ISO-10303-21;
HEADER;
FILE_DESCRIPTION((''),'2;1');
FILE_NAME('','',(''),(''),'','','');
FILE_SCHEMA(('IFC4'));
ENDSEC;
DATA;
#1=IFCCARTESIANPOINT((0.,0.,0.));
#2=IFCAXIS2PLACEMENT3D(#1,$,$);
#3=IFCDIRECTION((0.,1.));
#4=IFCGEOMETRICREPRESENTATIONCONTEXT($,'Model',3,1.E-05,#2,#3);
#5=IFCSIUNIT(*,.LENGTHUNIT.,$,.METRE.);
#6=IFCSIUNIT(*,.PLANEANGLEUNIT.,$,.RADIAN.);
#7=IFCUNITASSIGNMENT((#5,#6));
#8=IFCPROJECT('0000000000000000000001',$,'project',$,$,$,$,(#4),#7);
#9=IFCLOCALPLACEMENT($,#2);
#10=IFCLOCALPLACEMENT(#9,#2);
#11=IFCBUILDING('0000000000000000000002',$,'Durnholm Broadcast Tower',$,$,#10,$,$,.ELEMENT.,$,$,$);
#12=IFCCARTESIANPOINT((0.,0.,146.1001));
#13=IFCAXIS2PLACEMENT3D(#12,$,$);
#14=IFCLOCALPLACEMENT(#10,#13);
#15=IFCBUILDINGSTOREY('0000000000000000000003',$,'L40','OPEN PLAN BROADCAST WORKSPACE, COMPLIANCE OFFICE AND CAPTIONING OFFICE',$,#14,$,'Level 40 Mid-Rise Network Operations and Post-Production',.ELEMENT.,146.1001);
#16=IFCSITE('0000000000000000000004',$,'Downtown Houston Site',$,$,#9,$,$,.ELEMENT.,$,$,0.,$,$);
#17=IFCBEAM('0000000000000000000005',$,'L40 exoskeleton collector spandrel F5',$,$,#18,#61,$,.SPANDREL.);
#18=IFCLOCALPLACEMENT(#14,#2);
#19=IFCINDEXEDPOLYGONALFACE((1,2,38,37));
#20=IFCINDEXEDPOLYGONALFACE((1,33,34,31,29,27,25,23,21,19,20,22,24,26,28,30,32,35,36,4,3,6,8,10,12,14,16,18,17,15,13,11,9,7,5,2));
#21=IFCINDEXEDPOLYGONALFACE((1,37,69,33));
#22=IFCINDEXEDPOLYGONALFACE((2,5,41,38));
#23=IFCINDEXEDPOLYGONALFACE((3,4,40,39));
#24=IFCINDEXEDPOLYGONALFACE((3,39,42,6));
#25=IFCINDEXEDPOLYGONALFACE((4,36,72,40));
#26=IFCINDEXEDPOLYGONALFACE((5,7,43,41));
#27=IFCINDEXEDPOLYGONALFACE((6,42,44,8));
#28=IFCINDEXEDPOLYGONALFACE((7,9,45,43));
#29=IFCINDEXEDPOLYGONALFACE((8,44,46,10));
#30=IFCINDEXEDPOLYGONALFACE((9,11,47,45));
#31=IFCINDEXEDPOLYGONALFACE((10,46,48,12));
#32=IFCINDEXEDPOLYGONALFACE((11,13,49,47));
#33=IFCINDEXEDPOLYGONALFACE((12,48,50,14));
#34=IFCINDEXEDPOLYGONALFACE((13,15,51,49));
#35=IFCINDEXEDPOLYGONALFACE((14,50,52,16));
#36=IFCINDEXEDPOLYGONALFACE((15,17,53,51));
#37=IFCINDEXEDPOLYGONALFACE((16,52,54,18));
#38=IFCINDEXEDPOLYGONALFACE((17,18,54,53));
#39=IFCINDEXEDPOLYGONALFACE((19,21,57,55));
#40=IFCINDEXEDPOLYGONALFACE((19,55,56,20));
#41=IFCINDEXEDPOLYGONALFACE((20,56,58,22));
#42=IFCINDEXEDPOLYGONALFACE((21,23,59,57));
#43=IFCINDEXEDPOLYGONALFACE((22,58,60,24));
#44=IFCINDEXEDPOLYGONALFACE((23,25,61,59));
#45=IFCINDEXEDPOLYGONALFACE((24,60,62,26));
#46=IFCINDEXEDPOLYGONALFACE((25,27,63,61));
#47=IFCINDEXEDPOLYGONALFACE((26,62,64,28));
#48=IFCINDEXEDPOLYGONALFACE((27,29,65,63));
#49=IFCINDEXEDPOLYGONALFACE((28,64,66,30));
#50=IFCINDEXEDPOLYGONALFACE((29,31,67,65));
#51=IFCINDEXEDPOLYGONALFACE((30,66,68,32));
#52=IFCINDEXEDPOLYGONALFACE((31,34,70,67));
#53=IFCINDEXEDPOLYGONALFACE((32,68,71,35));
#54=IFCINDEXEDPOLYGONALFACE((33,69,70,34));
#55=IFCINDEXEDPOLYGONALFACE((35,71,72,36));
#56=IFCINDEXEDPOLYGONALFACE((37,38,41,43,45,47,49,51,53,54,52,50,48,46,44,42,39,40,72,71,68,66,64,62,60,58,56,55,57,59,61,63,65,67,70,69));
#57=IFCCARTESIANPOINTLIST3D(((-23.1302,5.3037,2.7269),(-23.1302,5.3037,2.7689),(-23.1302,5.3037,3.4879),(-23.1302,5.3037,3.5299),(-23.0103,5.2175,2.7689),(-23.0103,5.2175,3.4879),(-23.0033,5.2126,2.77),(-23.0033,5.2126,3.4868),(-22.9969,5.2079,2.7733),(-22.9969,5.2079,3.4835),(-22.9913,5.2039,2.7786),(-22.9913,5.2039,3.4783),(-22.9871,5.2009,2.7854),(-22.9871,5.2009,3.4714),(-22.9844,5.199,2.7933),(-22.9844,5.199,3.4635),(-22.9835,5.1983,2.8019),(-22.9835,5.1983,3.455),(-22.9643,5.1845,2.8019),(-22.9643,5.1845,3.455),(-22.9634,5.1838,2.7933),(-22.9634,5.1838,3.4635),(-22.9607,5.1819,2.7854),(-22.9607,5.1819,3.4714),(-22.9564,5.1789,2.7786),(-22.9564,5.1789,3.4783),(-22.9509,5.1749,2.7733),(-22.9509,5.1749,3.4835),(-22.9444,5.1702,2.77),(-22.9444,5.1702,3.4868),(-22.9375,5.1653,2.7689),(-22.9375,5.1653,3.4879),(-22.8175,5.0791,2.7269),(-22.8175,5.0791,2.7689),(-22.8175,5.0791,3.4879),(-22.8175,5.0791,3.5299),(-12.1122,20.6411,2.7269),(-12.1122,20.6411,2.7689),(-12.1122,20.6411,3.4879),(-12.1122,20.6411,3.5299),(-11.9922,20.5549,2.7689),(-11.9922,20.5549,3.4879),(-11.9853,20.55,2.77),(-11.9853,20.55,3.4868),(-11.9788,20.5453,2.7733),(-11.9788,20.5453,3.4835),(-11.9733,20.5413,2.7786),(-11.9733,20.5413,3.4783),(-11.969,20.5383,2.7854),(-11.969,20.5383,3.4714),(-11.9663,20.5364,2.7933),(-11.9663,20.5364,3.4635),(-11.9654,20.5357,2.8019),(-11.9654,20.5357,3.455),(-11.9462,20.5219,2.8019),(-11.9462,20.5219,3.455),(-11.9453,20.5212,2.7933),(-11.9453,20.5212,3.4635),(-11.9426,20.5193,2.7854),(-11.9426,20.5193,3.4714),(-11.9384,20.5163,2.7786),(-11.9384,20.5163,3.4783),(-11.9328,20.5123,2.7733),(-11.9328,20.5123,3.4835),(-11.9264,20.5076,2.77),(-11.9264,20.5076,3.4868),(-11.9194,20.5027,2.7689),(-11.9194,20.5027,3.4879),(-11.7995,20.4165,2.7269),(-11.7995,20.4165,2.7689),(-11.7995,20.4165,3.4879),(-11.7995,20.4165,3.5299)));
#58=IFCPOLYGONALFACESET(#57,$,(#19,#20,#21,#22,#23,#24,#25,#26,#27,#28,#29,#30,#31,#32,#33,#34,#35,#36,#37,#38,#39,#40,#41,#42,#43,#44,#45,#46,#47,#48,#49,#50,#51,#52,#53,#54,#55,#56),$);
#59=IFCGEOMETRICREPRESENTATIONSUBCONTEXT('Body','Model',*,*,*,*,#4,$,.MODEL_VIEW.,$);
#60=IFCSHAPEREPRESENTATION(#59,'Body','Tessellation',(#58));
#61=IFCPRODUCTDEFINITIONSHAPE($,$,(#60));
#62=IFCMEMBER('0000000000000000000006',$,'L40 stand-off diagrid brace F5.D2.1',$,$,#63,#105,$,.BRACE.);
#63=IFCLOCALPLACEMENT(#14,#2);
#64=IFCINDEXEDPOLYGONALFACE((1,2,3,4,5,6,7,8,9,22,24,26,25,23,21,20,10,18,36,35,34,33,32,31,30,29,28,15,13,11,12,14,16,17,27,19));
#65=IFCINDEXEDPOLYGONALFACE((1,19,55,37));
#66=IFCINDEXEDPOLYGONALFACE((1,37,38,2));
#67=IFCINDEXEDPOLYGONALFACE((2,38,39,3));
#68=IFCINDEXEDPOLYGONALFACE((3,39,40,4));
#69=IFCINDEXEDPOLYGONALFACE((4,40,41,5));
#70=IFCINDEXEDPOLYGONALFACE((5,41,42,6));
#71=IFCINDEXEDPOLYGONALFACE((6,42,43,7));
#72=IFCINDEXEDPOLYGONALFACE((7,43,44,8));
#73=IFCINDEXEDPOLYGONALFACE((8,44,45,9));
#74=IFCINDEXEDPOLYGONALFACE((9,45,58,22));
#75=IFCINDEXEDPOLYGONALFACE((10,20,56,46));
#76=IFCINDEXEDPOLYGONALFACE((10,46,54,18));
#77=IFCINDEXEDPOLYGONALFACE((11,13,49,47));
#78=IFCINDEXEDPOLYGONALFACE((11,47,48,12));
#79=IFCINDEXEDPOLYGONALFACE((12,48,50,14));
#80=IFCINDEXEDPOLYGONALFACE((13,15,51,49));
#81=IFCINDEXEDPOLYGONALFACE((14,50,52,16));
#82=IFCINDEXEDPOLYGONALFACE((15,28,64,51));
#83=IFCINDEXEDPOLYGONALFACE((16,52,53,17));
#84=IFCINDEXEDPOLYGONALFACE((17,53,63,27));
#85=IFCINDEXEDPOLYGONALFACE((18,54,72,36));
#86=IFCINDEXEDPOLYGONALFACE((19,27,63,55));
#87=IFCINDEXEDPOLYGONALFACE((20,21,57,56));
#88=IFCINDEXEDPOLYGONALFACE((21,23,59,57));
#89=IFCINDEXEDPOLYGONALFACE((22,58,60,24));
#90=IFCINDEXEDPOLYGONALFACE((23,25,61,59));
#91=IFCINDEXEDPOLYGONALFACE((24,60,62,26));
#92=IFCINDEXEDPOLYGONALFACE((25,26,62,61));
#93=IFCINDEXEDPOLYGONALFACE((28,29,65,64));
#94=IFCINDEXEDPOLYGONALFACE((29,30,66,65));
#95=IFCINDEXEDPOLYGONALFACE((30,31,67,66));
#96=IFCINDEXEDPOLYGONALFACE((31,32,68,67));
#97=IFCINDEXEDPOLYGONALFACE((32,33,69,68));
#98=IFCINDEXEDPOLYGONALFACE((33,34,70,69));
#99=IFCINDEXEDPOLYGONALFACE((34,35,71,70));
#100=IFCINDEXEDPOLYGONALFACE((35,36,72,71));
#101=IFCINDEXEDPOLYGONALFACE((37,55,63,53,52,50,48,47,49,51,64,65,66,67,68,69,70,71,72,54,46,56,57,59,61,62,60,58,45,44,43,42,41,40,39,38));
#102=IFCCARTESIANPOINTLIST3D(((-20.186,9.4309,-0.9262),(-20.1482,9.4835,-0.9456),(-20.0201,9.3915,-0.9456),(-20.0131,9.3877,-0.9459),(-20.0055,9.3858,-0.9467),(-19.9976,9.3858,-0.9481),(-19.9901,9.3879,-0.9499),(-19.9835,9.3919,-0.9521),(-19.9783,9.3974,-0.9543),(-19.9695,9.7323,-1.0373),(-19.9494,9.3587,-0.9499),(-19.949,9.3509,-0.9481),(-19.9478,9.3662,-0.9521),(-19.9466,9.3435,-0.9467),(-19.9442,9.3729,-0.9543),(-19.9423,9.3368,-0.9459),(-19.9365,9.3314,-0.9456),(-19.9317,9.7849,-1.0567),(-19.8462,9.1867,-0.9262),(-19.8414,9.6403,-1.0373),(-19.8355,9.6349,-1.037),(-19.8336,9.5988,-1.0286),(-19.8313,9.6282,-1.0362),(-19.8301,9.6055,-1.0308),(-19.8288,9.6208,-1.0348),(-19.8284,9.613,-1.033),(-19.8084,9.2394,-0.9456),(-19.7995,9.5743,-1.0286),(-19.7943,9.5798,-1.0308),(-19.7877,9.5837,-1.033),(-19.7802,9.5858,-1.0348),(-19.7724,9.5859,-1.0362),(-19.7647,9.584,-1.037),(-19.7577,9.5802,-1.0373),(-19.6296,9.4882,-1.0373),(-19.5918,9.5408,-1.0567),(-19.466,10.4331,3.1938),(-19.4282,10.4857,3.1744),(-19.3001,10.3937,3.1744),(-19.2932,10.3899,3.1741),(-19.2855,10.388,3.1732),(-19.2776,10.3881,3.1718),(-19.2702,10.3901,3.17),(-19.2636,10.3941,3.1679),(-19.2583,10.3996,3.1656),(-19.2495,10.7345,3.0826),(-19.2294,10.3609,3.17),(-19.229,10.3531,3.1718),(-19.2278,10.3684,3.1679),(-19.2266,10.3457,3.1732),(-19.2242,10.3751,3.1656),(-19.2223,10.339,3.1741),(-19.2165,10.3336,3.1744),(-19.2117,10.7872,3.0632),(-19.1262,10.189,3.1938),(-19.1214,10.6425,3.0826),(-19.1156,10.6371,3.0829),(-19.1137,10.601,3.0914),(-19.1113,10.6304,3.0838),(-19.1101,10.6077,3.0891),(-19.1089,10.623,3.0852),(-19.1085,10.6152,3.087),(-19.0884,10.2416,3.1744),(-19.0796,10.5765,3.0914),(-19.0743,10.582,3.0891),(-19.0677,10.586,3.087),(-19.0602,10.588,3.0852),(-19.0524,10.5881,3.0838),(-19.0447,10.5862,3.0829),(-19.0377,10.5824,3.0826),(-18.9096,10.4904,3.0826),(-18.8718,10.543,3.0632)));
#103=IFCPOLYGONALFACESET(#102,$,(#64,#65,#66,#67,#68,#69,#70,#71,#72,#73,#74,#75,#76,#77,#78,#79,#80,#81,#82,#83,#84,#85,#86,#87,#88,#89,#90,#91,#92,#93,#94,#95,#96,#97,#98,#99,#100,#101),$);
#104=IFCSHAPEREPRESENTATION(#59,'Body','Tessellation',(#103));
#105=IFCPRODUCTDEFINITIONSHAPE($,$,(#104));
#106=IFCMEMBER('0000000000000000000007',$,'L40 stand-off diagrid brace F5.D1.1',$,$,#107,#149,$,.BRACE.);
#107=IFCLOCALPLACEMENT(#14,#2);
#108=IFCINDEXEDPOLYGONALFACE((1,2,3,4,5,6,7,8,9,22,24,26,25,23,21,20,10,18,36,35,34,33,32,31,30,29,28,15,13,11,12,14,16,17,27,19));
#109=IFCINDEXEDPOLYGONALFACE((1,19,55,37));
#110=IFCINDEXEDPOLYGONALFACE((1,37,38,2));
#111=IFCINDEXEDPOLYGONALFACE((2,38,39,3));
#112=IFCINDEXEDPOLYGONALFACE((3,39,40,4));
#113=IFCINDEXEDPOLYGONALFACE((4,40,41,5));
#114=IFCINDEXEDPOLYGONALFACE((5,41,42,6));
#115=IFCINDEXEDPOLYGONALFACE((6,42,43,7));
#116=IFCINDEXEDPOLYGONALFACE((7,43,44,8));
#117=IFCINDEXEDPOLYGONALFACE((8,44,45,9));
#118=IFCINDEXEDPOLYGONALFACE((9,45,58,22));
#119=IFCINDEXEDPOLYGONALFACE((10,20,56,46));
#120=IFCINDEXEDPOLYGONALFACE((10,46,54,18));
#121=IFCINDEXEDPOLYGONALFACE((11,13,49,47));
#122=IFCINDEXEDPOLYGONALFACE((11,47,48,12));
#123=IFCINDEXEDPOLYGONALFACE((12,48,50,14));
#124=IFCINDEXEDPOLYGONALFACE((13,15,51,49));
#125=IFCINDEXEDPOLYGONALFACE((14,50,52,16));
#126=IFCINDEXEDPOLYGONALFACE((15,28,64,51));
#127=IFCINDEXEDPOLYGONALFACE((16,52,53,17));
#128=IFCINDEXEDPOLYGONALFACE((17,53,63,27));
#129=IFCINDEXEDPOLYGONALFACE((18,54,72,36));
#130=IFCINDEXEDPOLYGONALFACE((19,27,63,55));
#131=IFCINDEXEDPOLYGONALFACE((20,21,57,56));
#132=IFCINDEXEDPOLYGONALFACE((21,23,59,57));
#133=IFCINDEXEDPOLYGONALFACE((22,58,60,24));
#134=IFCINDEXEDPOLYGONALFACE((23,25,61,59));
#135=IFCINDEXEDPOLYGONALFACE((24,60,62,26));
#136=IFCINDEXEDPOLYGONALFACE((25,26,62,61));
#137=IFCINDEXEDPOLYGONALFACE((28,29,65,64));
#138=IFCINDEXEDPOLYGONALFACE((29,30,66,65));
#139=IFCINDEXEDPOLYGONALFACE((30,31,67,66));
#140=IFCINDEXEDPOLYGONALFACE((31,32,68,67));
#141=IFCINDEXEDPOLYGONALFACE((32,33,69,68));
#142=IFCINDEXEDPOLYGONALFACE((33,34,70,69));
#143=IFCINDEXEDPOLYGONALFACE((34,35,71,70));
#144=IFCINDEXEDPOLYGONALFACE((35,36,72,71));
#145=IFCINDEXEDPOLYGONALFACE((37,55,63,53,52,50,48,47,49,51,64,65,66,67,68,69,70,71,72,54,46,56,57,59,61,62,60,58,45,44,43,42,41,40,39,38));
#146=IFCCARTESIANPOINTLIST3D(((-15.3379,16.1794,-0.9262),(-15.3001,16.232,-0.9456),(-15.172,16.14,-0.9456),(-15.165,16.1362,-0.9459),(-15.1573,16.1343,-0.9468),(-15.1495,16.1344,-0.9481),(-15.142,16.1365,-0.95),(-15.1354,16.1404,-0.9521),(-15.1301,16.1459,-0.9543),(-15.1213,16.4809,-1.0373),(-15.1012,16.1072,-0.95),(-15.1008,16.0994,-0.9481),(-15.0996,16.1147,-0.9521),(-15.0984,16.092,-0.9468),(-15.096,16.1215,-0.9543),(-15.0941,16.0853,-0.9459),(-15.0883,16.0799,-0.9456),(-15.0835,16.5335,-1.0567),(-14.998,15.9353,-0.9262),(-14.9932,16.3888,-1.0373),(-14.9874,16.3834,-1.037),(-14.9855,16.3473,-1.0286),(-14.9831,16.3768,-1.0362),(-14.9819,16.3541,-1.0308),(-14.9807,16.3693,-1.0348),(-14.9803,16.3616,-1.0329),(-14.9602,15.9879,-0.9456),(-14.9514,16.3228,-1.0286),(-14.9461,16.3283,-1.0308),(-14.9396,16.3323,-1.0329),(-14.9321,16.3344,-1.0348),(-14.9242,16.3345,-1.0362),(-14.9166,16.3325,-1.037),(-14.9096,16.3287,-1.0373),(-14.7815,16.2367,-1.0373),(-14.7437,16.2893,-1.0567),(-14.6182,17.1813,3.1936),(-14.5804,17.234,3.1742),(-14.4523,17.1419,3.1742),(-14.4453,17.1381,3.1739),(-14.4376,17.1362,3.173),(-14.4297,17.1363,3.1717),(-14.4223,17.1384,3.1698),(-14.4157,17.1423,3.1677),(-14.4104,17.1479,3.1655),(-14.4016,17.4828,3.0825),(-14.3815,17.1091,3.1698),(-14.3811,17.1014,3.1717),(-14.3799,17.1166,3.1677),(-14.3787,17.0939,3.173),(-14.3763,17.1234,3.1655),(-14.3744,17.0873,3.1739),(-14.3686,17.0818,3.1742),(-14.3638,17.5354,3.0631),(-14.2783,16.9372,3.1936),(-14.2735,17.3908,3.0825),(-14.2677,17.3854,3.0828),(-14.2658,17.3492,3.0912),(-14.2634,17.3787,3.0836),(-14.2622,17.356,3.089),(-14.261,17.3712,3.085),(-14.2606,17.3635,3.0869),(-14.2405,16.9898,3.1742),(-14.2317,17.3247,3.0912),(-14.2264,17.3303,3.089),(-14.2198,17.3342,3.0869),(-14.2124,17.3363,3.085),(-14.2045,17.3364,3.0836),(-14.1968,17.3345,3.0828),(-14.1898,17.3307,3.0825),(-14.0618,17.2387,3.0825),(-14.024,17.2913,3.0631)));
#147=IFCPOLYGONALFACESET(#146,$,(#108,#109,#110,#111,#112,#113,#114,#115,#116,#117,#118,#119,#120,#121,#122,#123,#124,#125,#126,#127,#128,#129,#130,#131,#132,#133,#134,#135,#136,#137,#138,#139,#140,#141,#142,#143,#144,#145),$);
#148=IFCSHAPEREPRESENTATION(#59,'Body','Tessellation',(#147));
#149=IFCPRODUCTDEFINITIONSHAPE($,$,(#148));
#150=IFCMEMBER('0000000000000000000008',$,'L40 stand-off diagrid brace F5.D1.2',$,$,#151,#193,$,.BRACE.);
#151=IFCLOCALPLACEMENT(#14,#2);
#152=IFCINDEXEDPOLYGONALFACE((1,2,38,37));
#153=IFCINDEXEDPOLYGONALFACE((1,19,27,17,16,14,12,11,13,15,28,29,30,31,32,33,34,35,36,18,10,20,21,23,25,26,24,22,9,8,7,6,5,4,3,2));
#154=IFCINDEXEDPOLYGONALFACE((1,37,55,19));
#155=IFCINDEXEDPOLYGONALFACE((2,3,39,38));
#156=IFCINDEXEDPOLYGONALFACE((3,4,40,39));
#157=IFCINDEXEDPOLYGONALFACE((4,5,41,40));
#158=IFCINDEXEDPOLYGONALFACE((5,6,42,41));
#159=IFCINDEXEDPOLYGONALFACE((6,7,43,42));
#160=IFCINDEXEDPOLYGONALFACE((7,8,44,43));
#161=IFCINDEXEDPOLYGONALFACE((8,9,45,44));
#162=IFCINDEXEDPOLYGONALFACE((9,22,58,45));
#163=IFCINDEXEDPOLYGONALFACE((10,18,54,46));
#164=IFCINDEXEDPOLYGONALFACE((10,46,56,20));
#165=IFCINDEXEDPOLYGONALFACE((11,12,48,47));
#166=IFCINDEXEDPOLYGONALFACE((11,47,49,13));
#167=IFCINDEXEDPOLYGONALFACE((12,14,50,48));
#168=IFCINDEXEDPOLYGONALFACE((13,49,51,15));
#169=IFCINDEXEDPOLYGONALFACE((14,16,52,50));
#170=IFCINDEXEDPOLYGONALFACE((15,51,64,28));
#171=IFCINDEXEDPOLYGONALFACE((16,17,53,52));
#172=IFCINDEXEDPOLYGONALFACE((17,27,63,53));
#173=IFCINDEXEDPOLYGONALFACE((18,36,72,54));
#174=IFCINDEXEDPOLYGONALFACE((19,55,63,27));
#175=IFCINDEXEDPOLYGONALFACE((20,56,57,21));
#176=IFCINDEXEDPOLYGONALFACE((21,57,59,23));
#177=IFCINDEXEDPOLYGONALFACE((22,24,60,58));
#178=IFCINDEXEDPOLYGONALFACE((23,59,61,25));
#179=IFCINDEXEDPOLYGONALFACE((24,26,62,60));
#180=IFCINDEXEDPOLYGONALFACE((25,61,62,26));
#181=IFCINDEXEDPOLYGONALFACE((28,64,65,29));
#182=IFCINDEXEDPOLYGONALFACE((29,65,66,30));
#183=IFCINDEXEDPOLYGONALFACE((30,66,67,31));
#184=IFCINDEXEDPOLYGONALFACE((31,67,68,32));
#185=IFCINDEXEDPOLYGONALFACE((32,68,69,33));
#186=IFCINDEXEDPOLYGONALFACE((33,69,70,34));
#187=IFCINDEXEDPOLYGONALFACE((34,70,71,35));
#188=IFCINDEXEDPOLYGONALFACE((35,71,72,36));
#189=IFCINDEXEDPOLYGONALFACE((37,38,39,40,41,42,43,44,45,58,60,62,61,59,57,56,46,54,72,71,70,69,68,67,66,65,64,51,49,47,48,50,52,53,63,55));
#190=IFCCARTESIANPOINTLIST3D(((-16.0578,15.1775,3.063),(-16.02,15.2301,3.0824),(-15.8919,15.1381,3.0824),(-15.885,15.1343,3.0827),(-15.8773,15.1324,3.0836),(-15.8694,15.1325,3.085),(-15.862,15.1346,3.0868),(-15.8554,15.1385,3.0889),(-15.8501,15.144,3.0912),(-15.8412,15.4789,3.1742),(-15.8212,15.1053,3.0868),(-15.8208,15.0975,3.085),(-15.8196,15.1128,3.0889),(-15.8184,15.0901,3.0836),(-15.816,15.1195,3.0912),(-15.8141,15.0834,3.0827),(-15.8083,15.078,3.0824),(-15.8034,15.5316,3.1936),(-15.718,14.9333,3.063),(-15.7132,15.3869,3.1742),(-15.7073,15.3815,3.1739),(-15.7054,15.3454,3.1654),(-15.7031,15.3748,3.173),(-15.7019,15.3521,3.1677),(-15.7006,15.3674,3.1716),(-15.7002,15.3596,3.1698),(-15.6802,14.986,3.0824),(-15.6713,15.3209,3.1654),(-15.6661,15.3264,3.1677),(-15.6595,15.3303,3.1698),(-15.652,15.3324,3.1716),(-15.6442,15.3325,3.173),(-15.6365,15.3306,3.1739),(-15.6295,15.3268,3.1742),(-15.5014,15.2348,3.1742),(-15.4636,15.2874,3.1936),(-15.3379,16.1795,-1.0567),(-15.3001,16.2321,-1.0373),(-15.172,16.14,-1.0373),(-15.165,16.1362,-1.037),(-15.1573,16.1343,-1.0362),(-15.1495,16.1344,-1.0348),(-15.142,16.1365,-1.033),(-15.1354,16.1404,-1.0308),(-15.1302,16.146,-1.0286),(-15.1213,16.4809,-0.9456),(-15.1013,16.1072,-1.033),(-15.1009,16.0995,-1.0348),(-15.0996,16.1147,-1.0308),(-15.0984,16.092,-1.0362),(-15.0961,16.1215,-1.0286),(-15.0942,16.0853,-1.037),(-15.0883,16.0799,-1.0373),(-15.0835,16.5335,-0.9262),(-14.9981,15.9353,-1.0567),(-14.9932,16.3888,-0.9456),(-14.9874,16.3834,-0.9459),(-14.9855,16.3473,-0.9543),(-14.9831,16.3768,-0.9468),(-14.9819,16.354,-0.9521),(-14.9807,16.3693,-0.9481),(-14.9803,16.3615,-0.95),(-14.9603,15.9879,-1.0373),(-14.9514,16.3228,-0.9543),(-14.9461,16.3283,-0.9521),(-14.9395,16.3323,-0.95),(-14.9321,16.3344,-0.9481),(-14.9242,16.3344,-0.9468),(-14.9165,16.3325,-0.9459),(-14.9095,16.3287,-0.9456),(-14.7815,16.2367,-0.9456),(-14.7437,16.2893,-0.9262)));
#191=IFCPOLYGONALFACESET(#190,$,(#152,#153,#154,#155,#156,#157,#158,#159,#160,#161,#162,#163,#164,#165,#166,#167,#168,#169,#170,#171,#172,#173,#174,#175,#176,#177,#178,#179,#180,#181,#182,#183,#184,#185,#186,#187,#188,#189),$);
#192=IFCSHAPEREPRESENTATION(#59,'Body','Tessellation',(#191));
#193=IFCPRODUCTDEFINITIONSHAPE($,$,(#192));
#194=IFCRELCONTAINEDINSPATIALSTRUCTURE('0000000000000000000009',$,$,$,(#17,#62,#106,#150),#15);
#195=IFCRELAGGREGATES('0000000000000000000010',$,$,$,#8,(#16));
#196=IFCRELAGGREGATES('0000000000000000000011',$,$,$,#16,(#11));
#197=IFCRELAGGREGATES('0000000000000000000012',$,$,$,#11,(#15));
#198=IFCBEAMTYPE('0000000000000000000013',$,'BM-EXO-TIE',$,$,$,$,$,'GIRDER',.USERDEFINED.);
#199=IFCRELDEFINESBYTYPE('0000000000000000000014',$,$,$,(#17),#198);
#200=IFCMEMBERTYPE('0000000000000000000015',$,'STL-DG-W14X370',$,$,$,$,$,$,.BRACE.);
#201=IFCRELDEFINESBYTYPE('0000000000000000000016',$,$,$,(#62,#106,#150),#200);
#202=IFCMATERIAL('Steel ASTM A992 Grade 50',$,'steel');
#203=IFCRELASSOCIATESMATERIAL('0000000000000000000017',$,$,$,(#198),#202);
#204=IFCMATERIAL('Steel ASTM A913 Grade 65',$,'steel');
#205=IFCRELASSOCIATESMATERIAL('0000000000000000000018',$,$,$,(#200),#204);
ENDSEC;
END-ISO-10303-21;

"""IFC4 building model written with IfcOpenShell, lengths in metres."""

from ifc_helpers import new_model, si_unit, direction, frame, origin, origin_2d, place, context, subcontext, project, spatial, i_section, extrude, source, transform, mapped, material, material_profile, profile_set, type_object, type_shapes, element, save


model = new_model("IFC4")

# Units and contexts
model_context = context("Model", 3, precision=1e-05, world=origin(), true_north=direction((0.0, 1.0)))
body_context = subcontext(model_context, "Body", "Model", "MODEL_VIEW")
ifc_project = project(units=[si_unit("LENGTHUNIT", "METRE"), si_unit("PLANEANGLEUNIT", "RADIAN")], contexts=[model_context])

# Site, building, storey
site_placement = place(None, origin())
site = spatial("IfcSite", under=ifc_project, at=site_placement, Name="Downtown Houston Site", CompositionType="ELEMENT", RefElevation=0.0)
building_placement = place(site_placement, origin())
building = spatial("IfcBuilding", under=site, at=building_placement, Name="Durnholm Broadcast Tower", CompositionType="ELEMENT")
storey_placement = place(building_placement, frame((0.0, 0.0, 146.1001)))
storey = spatial("IfcBuildingStorey", under=building, at=storey_placement, Name="L40", Description="OPEN PLAN BROADCAST WORKSPACE, COMPLIANCE OFFICE AND CAPTIONING OFFICE", LongName="Level 40 Mid-Rise Network Operations and Post-Production", CompositionType="ELEMENT", Elevation=146.1001)

# Beam
ifc_material_1 = material(Name="Steel ASTM A992 Grade 50", Category="steel")
ifc_material_profile_1 = material_profile(ifc_material_1, i_section(OverallWidth=0.385, OverallDepth=0.803, WebThickness=0.0237, FlangeThickness=0.042, FilletRadius=0.033, at=origin_2d()), Name="W30X261")
ifc_profile_set_1 = profile_set([ifc_material_profile_1], Name="Steel ASTM A992 Grade 50")
beam_type = type_object("IfcBeamType", Name="BM-EXO-TIE", ElementType="GIRDER", PredefinedType="USERDEFINED", material=ifc_profile_set_1)
shared_shape_1 = source(origin(), body_context, "Body", "SweptSolid", [
    extrude(i_section(OverallWidth=0.385, OverallDepth=0.803, WebThickness=0.0237, FlangeThickness=0.042, FilletRadius=0.033, at=origin_2d()), origin(), (0.0, 0.0, 1.0), 18.8848),
])
type_shapes(beam_type, [shared_shape_1])
beam_placement = place(storey_placement, frame((-11.9558, 20.5288, 3.1284), z_axis=(-0.583437, -0.812158, 0.0), x_axis=(0.812158, -0.583437, 0.0)))
element("IfcBeam", 1, at=beam_placement, inside=storey, type_object=beam_type, Name="L40 exoskeleton collector spandrel F5", PredefinedType="SPANDREL", context=body_context, shape_type="MappedRepresentation", body=[
    mapped(shared_shape_1, transform((0.0, 0.0, 0.0), x_axis=(1.0, 0.0, 0.0), y_axis=(0.0, 1.0, 0.0), z_axis=(0.0, 0.0, 1.0), scale=1.0)),
])

# Members
ifc_material_2 = material(Name="Steel ASTM A913 Grade 65", Category="steel")
ifc_material_profile_2 = material_profile(ifc_material_2, i_section(OverallWidth=0.4185, OverallDepth=0.4551, WebThickness=0.042, FlangeThickness=0.0676, FilletRadius=0.0305, at=origin_2d()), Name="W14X370")
ifc_profile_set_2 = profile_set([ifc_material_profile_2], Name="Steel ASTM A913 Grade 65")
member_type_1 = type_object("IfcMemberType", Name="STL-DG-W14X370", PredefinedType="BRACE", material=ifc_profile_set_2)
shared_shape_2 = source(origin(), body_context, "Body", "SweptSolid", [
    extrude(i_section(OverallWidth=0.4185, OverallDepth=0.4551, WebThickness=0.042, FlangeThickness=0.0676, FilletRadius=0.0305, at=origin_2d()), origin(), (0.0, 0.0, 1.0), 4.3008),
])
member_1_placement = place(storey_placement, frame((-19.8889, 9.4858, -0.9915), z_axis=(0.167407, 0.233031, 0.957952), x_axis=(-0.812153, 0.583444, 0.0)))
element("IfcMember", 2, at=member_1_placement, inside=storey, type_object=member_type_1, Name="L40 stand-off diagrid brace F5.D2.1", PredefinedType="BRACE", context=body_context, shape_type="MappedRepresentation", body=[
    mapped(shared_shape_2, transform((0.0, 0.0, 0.0), x_axis=(1.0, 0.0, 0.0), y_axis=(0.0, 1.0, 0.0), z_axis=(0.0, 0.0, 1.0), scale=1.0)),
])
shared_shape_3 = source(origin(), body_context, "Body", "SweptSolid", [
    extrude(i_section(OverallWidth=0.4185, OverallDepth=0.4551, WebThickness=0.042, FlangeThickness=0.0676, FilletRadius=0.0305, at=origin_2d()), origin(), (0.0, 0.0, 1.0), 4.3005),
])
type_shapes(member_type_1, [shared_shape_2, shared_shape_3])
for number, where, z_axis, x_axis, name in (
    (3, (-15.0408, 16.2344, -0.9915), (0.167354, 0.232979, 0.957973), (-0.812179, 0.583408, 0.0), "L40 stand-off diagrid brace F5.D1.1"),
    (4, (-15.0408, 16.2344, -0.9915), (-0.16741, -0.232977, 0.957964), (0.812086, -0.583538, 0.0), "L40 stand-off diagrid brace F5.D1.2"),
):
    element("IfcMember", number, at=place(storey_placement, frame(where, z_axis=z_axis, x_axis=x_axis)), inside=storey, type_object=member_type_1, Name=name, PredefinedType="BRACE", context=body_context, shape_type="MappedRepresentation", body=[
        mapped(shared_shape_3, transform((0.0, 0.0, 0.0), x_axis=(1.0, 0.0, 0.0), y_axis=(0.0, 1.0, 0.0), z_axis=(0.0, 0.0, 1.0), scale=1.0)),
    ])

save(model, "model.ifc")
